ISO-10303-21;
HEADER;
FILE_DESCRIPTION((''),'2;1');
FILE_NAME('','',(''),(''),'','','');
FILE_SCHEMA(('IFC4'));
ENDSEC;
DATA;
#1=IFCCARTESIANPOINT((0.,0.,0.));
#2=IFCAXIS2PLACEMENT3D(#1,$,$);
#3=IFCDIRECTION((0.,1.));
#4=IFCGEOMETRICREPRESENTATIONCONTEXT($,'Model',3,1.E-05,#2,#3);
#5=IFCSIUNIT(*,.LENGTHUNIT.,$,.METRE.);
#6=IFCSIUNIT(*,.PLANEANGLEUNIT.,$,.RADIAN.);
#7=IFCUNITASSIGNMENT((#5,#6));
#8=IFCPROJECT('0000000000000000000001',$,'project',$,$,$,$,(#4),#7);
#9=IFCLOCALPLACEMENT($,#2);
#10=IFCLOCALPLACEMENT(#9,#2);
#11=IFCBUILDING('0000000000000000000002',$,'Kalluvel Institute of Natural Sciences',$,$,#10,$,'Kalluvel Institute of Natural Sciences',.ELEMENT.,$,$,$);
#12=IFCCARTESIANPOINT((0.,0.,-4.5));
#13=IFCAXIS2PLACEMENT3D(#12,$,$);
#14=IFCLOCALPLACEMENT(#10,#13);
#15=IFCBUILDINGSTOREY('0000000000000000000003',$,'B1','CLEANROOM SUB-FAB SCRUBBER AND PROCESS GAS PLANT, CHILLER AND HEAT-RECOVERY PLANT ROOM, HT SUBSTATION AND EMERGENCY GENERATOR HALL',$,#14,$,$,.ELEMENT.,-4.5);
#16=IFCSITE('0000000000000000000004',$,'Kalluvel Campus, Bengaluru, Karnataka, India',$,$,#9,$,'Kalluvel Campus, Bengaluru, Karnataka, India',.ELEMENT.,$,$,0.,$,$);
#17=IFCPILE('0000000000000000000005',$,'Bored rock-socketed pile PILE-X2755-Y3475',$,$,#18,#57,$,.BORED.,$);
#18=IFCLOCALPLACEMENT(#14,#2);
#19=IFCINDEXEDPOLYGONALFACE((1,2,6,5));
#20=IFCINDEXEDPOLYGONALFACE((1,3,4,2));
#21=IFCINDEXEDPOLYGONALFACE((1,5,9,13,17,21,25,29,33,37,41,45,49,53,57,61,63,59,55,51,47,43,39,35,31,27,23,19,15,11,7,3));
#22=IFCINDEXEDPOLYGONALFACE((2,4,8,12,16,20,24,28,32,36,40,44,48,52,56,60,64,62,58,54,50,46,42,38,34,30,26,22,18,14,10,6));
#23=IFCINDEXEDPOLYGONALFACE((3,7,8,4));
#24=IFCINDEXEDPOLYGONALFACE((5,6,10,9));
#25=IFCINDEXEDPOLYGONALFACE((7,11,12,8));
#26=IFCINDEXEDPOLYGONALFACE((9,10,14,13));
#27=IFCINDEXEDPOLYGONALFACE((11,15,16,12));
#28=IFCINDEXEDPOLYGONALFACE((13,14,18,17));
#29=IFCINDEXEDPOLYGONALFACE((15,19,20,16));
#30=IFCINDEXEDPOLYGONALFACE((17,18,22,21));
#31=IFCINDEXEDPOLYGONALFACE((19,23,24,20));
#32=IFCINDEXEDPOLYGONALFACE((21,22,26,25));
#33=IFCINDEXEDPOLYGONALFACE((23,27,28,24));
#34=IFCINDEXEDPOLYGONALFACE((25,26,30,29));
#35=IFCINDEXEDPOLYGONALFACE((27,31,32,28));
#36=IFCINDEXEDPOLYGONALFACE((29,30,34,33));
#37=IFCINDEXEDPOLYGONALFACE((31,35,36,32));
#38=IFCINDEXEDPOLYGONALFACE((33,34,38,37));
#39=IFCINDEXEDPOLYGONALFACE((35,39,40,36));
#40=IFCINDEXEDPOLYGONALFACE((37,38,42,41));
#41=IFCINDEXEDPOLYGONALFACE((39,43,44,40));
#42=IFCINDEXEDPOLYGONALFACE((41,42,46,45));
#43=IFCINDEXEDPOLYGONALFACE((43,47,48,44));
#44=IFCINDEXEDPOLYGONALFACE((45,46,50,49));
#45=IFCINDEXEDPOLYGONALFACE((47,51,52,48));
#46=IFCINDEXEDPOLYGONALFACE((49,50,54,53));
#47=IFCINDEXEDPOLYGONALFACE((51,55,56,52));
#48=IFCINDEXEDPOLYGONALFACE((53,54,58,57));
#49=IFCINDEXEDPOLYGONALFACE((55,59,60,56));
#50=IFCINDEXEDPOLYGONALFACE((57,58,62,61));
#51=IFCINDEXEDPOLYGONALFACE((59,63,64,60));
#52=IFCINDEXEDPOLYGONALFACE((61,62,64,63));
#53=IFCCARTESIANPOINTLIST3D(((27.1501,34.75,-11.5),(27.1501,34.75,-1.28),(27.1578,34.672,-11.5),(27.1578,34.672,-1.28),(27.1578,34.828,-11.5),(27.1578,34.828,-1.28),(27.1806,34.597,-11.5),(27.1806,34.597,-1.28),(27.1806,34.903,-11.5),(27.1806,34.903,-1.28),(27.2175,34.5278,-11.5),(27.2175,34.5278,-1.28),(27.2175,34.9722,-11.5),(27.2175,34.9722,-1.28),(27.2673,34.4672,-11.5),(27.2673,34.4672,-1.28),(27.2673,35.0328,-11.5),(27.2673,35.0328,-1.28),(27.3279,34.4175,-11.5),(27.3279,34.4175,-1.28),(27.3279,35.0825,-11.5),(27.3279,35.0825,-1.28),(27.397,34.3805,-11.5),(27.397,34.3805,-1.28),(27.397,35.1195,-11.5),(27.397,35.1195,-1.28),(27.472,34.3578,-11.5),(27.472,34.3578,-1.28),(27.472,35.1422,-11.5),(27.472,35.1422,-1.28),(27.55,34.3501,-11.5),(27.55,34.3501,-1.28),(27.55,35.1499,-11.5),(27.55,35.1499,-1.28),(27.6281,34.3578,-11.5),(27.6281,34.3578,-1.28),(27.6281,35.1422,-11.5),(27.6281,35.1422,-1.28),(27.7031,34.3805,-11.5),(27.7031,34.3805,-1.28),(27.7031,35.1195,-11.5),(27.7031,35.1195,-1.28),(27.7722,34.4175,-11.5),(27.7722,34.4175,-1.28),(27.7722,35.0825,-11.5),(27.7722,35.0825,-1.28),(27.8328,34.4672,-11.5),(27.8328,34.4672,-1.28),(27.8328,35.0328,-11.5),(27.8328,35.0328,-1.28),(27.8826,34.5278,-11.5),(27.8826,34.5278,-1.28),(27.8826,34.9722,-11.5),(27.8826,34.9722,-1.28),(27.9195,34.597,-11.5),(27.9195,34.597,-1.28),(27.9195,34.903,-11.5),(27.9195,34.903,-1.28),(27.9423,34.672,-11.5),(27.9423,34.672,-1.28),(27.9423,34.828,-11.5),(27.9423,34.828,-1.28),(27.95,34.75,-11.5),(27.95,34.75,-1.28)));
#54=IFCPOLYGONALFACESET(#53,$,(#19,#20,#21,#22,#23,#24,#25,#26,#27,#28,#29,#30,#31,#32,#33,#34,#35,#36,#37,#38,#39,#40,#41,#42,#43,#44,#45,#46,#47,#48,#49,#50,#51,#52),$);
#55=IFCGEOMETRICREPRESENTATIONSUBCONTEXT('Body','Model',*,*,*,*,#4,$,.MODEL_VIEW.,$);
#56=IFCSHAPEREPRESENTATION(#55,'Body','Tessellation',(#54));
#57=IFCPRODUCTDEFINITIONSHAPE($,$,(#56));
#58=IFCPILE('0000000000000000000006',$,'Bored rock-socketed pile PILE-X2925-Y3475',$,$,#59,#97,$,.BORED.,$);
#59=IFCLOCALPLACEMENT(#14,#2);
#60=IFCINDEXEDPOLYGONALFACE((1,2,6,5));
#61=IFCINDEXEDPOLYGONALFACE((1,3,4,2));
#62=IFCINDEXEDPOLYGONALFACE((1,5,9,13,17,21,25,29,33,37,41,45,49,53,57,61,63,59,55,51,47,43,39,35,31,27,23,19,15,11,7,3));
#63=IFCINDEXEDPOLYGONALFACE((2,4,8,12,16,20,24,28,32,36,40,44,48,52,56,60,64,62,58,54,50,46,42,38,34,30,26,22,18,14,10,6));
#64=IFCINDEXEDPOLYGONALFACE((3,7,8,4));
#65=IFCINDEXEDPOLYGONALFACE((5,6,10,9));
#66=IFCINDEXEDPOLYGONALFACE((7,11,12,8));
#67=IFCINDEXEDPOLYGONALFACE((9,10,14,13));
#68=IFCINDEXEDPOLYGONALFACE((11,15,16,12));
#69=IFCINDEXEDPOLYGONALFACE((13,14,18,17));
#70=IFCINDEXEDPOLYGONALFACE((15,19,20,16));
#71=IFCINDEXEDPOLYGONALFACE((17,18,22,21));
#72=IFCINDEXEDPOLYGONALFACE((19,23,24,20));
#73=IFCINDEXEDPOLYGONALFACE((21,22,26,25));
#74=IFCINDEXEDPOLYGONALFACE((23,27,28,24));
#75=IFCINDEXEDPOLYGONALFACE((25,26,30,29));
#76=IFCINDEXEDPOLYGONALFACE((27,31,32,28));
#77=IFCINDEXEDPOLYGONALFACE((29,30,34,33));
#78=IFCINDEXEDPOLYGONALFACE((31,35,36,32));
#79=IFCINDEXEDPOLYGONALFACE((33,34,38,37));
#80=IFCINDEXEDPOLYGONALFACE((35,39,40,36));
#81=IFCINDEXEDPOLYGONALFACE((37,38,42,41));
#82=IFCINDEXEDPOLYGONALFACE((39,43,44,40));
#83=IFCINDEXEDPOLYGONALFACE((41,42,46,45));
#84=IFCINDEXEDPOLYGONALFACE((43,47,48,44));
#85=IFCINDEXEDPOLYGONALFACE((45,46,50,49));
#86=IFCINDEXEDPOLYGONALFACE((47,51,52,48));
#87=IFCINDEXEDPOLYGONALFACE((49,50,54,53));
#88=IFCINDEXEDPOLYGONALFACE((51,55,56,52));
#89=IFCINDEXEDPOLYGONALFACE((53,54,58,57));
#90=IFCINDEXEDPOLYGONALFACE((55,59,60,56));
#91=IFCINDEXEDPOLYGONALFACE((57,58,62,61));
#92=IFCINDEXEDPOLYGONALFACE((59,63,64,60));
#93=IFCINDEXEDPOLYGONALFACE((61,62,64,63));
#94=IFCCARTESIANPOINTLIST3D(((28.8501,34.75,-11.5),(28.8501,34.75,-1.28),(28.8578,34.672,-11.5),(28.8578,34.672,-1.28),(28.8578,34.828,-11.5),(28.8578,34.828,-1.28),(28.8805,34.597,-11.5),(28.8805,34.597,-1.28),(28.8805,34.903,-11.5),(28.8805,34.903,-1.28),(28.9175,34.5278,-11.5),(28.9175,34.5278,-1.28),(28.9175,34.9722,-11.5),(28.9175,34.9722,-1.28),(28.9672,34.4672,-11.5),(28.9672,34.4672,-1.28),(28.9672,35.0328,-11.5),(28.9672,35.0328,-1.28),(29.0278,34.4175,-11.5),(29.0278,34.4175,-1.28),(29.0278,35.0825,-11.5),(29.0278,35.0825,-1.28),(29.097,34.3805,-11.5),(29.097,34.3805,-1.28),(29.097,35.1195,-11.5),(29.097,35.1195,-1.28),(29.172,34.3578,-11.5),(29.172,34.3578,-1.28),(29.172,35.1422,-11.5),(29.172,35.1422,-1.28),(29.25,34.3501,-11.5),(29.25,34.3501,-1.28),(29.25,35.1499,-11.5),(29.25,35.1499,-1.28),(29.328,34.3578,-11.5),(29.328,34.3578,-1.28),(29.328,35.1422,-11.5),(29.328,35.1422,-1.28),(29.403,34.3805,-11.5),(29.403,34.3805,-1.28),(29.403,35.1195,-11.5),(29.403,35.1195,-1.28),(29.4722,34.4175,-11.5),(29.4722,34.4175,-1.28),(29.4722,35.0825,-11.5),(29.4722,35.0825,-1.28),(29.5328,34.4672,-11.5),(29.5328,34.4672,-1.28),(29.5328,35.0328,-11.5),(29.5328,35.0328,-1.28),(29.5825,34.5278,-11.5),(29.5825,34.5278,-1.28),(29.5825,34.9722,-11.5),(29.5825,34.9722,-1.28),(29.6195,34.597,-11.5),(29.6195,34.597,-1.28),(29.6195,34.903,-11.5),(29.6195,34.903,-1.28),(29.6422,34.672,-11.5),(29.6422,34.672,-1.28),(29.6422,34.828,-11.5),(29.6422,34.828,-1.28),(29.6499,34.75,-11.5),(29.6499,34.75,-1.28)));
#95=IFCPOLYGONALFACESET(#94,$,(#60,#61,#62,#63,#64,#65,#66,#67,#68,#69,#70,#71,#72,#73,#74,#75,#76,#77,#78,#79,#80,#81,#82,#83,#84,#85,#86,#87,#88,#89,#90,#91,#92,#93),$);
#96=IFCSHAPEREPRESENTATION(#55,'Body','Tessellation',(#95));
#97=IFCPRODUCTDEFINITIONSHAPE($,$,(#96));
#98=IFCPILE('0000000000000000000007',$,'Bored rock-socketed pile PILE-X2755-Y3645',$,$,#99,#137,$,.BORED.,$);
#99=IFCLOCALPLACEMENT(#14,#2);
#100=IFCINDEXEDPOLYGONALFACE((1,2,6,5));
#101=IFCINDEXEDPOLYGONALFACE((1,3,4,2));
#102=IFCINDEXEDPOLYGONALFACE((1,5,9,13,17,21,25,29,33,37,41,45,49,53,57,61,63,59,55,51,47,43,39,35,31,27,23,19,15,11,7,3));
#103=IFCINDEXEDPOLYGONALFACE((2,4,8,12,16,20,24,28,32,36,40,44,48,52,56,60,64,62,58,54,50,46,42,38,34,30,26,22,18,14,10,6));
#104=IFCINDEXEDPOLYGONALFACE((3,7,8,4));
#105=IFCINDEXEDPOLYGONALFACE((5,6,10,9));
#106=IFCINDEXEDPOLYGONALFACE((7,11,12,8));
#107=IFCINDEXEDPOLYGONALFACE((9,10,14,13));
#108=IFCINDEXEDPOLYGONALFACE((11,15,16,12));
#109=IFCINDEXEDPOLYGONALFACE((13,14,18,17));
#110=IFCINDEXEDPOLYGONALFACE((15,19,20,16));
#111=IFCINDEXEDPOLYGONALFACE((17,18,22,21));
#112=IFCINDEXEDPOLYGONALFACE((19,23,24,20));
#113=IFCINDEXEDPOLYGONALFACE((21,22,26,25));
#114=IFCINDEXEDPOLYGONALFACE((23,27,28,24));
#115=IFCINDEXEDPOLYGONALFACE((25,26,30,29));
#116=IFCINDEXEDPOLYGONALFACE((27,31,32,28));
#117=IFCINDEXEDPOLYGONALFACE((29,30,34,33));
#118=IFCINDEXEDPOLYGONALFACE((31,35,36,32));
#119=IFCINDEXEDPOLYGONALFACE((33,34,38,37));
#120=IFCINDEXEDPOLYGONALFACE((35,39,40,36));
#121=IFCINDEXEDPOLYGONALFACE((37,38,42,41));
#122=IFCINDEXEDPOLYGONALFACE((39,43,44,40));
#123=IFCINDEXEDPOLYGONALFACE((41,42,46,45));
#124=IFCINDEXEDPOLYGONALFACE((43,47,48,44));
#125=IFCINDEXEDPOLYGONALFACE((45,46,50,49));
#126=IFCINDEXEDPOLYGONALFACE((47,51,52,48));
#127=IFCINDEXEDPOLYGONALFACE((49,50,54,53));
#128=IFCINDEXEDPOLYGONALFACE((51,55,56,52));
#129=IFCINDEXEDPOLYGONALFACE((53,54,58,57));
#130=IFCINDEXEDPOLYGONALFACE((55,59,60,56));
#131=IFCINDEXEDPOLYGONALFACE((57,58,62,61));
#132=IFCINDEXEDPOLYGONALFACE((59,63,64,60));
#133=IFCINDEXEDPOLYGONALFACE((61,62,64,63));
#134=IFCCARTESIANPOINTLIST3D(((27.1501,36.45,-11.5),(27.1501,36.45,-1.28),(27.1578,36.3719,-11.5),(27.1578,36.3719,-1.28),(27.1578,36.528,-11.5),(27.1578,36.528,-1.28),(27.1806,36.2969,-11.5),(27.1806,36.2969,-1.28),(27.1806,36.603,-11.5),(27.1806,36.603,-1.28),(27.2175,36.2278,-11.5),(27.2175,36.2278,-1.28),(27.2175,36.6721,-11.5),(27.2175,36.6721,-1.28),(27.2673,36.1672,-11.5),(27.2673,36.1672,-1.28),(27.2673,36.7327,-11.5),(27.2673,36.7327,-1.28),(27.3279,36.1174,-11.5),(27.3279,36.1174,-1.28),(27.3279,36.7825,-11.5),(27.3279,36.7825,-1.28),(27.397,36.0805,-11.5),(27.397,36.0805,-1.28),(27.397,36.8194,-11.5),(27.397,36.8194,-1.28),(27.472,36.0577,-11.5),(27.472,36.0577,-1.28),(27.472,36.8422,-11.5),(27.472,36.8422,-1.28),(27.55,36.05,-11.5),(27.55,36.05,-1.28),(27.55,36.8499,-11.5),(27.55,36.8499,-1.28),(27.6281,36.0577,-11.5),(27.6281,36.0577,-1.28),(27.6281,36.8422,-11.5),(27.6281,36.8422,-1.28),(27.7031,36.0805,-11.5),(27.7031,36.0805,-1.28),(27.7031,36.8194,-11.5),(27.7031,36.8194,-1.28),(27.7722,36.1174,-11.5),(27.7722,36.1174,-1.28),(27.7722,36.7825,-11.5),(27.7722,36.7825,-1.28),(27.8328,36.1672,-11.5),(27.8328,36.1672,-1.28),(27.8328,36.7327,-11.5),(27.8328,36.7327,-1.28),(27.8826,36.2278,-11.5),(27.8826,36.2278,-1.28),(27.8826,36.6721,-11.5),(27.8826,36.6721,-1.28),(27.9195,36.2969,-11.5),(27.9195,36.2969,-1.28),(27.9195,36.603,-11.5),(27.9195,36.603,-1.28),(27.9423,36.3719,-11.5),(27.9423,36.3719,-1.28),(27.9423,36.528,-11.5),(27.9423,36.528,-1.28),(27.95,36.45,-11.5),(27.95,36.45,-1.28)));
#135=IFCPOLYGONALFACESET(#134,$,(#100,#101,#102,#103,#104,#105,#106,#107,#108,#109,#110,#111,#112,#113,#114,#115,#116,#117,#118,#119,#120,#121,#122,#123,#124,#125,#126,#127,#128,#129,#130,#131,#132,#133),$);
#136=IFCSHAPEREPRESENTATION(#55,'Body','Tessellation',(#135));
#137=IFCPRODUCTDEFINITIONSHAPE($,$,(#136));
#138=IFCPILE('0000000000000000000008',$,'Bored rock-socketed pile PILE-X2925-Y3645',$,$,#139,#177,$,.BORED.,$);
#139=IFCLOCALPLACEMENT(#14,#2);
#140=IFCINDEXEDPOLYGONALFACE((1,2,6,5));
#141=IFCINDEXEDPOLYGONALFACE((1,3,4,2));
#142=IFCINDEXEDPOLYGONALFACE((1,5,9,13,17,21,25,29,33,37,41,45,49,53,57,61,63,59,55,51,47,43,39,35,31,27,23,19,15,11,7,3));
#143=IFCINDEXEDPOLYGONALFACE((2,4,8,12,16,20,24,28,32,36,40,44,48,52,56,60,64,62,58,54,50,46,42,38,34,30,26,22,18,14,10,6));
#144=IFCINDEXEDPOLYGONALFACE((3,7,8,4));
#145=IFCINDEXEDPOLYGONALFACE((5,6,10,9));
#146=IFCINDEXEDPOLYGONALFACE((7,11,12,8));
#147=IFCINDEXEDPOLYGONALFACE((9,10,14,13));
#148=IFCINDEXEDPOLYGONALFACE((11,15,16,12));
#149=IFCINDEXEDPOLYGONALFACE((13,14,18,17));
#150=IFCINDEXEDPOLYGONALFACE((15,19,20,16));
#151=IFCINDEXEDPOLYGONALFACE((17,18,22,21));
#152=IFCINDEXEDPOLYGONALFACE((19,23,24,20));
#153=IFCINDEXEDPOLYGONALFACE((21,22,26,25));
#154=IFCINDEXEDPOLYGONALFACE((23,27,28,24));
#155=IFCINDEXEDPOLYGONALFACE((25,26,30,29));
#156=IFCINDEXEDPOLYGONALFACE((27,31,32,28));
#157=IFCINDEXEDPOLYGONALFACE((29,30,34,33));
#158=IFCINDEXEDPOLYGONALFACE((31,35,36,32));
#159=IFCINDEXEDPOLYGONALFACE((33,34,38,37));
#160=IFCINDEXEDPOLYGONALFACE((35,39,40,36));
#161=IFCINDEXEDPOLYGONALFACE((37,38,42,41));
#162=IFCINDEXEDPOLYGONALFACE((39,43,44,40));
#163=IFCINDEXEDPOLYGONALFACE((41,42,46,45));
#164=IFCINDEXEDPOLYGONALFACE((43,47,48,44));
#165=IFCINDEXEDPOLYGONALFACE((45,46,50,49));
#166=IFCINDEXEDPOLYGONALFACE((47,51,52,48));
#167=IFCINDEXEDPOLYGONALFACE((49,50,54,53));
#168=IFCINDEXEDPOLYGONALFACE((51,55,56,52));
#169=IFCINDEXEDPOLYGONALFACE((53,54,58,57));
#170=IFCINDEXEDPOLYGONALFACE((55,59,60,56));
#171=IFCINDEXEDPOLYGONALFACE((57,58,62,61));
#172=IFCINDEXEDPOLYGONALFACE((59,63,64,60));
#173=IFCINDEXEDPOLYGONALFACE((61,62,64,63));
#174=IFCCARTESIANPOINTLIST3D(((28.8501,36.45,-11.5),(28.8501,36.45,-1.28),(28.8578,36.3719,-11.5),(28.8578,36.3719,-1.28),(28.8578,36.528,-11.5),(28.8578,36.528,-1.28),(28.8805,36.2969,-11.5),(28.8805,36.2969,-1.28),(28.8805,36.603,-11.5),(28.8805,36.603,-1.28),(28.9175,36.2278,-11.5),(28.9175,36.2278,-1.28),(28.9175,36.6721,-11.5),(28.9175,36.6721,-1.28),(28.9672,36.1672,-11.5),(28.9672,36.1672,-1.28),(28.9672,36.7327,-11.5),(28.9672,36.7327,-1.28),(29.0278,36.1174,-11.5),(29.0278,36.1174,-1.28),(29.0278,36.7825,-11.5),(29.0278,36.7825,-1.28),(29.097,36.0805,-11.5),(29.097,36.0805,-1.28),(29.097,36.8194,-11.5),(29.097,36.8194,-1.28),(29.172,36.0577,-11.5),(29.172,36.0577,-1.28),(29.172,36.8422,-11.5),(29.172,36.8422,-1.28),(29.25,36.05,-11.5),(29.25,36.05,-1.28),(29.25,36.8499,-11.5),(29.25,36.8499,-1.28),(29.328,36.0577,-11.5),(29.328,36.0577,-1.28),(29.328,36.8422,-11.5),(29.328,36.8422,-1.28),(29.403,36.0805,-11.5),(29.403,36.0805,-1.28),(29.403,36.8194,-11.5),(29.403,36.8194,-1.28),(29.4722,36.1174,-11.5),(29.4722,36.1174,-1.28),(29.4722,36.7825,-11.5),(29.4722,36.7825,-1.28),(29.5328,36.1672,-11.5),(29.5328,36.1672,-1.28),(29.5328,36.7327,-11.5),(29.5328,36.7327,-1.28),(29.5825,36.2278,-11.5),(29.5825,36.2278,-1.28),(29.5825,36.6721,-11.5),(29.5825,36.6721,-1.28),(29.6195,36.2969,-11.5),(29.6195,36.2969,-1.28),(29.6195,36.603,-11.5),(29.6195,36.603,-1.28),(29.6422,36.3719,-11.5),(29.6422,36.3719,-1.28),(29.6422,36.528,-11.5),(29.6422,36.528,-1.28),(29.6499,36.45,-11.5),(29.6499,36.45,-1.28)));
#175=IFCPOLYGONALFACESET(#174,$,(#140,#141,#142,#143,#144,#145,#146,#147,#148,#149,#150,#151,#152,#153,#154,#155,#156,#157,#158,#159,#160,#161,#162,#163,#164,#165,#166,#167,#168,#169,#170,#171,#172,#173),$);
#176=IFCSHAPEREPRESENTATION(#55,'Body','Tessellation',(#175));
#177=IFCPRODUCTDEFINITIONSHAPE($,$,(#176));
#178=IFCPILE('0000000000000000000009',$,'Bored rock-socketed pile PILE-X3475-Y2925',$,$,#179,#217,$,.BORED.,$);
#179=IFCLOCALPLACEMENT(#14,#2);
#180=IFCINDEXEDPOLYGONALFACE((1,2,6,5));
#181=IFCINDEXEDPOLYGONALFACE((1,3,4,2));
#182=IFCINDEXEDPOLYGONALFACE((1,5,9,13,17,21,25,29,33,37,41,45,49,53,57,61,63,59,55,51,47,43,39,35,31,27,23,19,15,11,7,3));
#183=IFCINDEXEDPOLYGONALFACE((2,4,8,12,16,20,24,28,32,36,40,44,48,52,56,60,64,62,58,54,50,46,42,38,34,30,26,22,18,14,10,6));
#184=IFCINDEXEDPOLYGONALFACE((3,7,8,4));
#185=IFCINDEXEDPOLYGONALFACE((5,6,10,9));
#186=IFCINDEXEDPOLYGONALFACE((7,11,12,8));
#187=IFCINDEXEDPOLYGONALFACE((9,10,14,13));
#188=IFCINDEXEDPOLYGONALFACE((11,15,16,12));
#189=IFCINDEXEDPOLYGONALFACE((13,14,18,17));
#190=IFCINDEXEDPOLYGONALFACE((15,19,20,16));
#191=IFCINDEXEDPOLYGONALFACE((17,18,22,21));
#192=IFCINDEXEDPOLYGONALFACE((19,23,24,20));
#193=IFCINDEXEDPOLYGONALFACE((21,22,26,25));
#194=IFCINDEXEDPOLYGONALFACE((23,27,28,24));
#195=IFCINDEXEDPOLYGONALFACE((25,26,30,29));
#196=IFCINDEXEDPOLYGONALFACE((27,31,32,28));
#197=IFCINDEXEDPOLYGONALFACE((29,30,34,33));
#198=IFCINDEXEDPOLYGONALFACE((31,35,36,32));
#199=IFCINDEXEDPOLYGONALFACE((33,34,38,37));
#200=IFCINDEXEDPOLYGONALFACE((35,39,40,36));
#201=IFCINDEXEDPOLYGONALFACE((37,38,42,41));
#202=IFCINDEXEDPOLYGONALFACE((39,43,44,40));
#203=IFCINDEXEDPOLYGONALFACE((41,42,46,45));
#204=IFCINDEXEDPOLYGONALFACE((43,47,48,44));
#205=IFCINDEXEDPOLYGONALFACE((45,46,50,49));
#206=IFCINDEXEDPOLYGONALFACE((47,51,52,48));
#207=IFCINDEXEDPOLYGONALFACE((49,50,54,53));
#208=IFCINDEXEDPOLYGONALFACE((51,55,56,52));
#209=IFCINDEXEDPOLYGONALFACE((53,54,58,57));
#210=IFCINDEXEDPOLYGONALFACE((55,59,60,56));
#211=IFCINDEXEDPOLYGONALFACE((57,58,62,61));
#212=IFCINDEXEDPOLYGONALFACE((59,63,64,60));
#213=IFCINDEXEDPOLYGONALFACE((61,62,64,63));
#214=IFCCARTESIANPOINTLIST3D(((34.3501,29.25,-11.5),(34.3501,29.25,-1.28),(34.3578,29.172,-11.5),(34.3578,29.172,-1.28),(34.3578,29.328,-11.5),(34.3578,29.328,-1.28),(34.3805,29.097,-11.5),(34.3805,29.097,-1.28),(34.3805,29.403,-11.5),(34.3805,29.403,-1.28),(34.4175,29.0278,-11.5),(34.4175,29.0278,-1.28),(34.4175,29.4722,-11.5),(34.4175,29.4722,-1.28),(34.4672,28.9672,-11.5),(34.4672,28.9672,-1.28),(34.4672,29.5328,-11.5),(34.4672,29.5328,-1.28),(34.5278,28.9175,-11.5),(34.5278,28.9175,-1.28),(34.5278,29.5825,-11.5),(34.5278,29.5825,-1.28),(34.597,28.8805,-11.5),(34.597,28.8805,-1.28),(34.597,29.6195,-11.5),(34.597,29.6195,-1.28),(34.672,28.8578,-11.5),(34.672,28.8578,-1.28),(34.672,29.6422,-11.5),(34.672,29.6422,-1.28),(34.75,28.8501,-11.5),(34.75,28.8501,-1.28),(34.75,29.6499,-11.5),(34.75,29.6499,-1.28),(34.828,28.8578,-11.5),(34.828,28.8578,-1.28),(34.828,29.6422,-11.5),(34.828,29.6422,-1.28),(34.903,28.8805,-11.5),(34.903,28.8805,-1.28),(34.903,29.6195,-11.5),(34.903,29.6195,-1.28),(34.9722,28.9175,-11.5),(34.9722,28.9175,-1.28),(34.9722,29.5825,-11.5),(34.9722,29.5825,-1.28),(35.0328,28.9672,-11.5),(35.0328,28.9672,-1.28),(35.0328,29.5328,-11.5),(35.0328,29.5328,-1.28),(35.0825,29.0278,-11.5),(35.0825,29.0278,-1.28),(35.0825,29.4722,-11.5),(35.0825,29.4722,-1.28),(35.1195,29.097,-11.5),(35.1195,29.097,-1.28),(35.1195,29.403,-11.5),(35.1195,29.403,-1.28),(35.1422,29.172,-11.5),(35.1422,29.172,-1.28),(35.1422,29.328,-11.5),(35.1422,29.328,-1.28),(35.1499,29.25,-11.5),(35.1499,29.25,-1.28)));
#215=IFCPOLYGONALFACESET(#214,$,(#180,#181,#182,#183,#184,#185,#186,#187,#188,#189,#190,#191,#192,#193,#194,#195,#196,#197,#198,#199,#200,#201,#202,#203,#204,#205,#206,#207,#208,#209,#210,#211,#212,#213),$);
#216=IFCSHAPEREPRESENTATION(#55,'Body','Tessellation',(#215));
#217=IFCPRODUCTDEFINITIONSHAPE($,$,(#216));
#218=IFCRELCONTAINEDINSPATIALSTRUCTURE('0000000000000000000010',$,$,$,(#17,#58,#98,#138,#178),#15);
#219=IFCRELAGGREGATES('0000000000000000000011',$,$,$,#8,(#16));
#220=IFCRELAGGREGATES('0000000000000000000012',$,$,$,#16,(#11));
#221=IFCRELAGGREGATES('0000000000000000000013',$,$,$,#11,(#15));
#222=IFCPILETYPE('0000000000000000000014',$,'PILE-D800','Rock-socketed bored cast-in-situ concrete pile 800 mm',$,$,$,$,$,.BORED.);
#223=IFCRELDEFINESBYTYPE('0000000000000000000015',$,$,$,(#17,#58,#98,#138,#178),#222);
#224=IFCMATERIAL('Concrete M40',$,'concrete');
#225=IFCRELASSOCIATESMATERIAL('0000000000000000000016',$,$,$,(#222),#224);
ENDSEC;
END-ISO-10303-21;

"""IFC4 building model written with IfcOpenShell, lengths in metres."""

from ifc_helpers import new_model, si_unit, direction, frame, origin, origin_2d, place, context, subcontext, project, spatial, circle, extrude, material, material_profile, profile_set, type_object, element, save


model = new_model("IFC4")

# Units and contexts
model_context = context("Model", 3, precision=1e-05, world=origin(), true_north=direction((0.0, 1.0)))
body_context = subcontext(model_context, "Body", "Model", "MODEL_VIEW")
ifc_project = project(units=[si_unit("LENGTHUNIT", "METRE"), si_unit("PLANEANGLEUNIT", "RADIAN")], contexts=[model_context])

# Site, building, storey
site_placement = place(None, origin())
site = spatial("IfcSite", under=ifc_project, at=site_placement, Name="Kalluvel Campus, Bengaluru, Karnataka, India", LongName="Kalluvel Campus, Bengaluru, Karnataka, India", CompositionType="ELEMENT", RefElevation=0.0)
building_placement = place(site_placement, origin())
building = spatial("IfcBuilding", under=site, at=building_placement, Name="Kalluvel Institute of Natural Sciences", LongName="Kalluvel Institute of Natural Sciences", CompositionType="ELEMENT")
storey_placement = place(building_placement, frame((0.0, 0.0, -4.5)))
storey = spatial("IfcBuildingStorey", under=building, at=storey_placement, Name="B1", Description="CLEANROOM SUB-FAB SCRUBBER AND PROCESS GAS PLANT, CHILLER AND HEAT-RECOVERY PLANT ROOM, HT SUBSTATION AND EMERGENCY GENERATOR HALL", CompositionType="ELEMENT", Elevation=-4.5)

# Shared definitions
ifc_material_1 = material(Name="Concrete M40", Category="concrete")

# Piles
ifc_material_profile_1 = material_profile(ifc_material_1, circle(Radius=0.3999, at=origin_2d()), Name="PILE D800")
ifc_profile_set_1 = profile_set([ifc_material_profile_1], Name="Concrete M40")
pile_type_1 = type_object("IfcPileType", Name="PILE-D800", Description="Rock-socketed bored cast-in-situ concrete pile 800 mm", PredefinedType="BORED", material=ifc_profile_set_1)
for number, where, z_axis, x_axis, name in (
    (1, (27.55, 34.75, -1.28), (0.0, 0.0, -1.0), (1.0, 0.0, 0.0), "Bored rock-socketed pile PILE-X2755-Y3475"),
    (2, (29.25, 34.75, -1.28), (0.0, 0.0, -1.0), (1.0, 0.0, 0.0), "Bored rock-socketed pile PILE-X2925-Y3475"),
    (3, (27.55, 36.45, -1.28), (0.0, 0.0, -1.0), (1.0, 0.0, 0.0), "Bored rock-socketed pile PILE-X2755-Y3645"),
    (4, (29.25, 36.45, -1.28), (0.0, 0.0, -1.0), (1.0, 0.0, 0.0), "Bored rock-socketed pile PILE-X2925-Y3645"),
    (5, (34.75, 29.25, -1.28), (0.0, 0.0, -1.0), (1.0, 0.0, 0.0), "Bored rock-socketed pile PILE-X3475-Y2925"),
):
    element("IfcPile", number, at=place(storey_placement, frame(where, z_axis=z_axis, x_axis=x_axis)), inside=storey, type_object=pile_type_1, Name=name, PredefinedType="BORED", context=body_context, shape_type="SweptSolid", body=[
        extrude(circle(Radius=0.3999, at=origin_2d()), origin(), (0.0, 0.0, 1.0), 10.22),
    ])

save(model, "model.ifc")
